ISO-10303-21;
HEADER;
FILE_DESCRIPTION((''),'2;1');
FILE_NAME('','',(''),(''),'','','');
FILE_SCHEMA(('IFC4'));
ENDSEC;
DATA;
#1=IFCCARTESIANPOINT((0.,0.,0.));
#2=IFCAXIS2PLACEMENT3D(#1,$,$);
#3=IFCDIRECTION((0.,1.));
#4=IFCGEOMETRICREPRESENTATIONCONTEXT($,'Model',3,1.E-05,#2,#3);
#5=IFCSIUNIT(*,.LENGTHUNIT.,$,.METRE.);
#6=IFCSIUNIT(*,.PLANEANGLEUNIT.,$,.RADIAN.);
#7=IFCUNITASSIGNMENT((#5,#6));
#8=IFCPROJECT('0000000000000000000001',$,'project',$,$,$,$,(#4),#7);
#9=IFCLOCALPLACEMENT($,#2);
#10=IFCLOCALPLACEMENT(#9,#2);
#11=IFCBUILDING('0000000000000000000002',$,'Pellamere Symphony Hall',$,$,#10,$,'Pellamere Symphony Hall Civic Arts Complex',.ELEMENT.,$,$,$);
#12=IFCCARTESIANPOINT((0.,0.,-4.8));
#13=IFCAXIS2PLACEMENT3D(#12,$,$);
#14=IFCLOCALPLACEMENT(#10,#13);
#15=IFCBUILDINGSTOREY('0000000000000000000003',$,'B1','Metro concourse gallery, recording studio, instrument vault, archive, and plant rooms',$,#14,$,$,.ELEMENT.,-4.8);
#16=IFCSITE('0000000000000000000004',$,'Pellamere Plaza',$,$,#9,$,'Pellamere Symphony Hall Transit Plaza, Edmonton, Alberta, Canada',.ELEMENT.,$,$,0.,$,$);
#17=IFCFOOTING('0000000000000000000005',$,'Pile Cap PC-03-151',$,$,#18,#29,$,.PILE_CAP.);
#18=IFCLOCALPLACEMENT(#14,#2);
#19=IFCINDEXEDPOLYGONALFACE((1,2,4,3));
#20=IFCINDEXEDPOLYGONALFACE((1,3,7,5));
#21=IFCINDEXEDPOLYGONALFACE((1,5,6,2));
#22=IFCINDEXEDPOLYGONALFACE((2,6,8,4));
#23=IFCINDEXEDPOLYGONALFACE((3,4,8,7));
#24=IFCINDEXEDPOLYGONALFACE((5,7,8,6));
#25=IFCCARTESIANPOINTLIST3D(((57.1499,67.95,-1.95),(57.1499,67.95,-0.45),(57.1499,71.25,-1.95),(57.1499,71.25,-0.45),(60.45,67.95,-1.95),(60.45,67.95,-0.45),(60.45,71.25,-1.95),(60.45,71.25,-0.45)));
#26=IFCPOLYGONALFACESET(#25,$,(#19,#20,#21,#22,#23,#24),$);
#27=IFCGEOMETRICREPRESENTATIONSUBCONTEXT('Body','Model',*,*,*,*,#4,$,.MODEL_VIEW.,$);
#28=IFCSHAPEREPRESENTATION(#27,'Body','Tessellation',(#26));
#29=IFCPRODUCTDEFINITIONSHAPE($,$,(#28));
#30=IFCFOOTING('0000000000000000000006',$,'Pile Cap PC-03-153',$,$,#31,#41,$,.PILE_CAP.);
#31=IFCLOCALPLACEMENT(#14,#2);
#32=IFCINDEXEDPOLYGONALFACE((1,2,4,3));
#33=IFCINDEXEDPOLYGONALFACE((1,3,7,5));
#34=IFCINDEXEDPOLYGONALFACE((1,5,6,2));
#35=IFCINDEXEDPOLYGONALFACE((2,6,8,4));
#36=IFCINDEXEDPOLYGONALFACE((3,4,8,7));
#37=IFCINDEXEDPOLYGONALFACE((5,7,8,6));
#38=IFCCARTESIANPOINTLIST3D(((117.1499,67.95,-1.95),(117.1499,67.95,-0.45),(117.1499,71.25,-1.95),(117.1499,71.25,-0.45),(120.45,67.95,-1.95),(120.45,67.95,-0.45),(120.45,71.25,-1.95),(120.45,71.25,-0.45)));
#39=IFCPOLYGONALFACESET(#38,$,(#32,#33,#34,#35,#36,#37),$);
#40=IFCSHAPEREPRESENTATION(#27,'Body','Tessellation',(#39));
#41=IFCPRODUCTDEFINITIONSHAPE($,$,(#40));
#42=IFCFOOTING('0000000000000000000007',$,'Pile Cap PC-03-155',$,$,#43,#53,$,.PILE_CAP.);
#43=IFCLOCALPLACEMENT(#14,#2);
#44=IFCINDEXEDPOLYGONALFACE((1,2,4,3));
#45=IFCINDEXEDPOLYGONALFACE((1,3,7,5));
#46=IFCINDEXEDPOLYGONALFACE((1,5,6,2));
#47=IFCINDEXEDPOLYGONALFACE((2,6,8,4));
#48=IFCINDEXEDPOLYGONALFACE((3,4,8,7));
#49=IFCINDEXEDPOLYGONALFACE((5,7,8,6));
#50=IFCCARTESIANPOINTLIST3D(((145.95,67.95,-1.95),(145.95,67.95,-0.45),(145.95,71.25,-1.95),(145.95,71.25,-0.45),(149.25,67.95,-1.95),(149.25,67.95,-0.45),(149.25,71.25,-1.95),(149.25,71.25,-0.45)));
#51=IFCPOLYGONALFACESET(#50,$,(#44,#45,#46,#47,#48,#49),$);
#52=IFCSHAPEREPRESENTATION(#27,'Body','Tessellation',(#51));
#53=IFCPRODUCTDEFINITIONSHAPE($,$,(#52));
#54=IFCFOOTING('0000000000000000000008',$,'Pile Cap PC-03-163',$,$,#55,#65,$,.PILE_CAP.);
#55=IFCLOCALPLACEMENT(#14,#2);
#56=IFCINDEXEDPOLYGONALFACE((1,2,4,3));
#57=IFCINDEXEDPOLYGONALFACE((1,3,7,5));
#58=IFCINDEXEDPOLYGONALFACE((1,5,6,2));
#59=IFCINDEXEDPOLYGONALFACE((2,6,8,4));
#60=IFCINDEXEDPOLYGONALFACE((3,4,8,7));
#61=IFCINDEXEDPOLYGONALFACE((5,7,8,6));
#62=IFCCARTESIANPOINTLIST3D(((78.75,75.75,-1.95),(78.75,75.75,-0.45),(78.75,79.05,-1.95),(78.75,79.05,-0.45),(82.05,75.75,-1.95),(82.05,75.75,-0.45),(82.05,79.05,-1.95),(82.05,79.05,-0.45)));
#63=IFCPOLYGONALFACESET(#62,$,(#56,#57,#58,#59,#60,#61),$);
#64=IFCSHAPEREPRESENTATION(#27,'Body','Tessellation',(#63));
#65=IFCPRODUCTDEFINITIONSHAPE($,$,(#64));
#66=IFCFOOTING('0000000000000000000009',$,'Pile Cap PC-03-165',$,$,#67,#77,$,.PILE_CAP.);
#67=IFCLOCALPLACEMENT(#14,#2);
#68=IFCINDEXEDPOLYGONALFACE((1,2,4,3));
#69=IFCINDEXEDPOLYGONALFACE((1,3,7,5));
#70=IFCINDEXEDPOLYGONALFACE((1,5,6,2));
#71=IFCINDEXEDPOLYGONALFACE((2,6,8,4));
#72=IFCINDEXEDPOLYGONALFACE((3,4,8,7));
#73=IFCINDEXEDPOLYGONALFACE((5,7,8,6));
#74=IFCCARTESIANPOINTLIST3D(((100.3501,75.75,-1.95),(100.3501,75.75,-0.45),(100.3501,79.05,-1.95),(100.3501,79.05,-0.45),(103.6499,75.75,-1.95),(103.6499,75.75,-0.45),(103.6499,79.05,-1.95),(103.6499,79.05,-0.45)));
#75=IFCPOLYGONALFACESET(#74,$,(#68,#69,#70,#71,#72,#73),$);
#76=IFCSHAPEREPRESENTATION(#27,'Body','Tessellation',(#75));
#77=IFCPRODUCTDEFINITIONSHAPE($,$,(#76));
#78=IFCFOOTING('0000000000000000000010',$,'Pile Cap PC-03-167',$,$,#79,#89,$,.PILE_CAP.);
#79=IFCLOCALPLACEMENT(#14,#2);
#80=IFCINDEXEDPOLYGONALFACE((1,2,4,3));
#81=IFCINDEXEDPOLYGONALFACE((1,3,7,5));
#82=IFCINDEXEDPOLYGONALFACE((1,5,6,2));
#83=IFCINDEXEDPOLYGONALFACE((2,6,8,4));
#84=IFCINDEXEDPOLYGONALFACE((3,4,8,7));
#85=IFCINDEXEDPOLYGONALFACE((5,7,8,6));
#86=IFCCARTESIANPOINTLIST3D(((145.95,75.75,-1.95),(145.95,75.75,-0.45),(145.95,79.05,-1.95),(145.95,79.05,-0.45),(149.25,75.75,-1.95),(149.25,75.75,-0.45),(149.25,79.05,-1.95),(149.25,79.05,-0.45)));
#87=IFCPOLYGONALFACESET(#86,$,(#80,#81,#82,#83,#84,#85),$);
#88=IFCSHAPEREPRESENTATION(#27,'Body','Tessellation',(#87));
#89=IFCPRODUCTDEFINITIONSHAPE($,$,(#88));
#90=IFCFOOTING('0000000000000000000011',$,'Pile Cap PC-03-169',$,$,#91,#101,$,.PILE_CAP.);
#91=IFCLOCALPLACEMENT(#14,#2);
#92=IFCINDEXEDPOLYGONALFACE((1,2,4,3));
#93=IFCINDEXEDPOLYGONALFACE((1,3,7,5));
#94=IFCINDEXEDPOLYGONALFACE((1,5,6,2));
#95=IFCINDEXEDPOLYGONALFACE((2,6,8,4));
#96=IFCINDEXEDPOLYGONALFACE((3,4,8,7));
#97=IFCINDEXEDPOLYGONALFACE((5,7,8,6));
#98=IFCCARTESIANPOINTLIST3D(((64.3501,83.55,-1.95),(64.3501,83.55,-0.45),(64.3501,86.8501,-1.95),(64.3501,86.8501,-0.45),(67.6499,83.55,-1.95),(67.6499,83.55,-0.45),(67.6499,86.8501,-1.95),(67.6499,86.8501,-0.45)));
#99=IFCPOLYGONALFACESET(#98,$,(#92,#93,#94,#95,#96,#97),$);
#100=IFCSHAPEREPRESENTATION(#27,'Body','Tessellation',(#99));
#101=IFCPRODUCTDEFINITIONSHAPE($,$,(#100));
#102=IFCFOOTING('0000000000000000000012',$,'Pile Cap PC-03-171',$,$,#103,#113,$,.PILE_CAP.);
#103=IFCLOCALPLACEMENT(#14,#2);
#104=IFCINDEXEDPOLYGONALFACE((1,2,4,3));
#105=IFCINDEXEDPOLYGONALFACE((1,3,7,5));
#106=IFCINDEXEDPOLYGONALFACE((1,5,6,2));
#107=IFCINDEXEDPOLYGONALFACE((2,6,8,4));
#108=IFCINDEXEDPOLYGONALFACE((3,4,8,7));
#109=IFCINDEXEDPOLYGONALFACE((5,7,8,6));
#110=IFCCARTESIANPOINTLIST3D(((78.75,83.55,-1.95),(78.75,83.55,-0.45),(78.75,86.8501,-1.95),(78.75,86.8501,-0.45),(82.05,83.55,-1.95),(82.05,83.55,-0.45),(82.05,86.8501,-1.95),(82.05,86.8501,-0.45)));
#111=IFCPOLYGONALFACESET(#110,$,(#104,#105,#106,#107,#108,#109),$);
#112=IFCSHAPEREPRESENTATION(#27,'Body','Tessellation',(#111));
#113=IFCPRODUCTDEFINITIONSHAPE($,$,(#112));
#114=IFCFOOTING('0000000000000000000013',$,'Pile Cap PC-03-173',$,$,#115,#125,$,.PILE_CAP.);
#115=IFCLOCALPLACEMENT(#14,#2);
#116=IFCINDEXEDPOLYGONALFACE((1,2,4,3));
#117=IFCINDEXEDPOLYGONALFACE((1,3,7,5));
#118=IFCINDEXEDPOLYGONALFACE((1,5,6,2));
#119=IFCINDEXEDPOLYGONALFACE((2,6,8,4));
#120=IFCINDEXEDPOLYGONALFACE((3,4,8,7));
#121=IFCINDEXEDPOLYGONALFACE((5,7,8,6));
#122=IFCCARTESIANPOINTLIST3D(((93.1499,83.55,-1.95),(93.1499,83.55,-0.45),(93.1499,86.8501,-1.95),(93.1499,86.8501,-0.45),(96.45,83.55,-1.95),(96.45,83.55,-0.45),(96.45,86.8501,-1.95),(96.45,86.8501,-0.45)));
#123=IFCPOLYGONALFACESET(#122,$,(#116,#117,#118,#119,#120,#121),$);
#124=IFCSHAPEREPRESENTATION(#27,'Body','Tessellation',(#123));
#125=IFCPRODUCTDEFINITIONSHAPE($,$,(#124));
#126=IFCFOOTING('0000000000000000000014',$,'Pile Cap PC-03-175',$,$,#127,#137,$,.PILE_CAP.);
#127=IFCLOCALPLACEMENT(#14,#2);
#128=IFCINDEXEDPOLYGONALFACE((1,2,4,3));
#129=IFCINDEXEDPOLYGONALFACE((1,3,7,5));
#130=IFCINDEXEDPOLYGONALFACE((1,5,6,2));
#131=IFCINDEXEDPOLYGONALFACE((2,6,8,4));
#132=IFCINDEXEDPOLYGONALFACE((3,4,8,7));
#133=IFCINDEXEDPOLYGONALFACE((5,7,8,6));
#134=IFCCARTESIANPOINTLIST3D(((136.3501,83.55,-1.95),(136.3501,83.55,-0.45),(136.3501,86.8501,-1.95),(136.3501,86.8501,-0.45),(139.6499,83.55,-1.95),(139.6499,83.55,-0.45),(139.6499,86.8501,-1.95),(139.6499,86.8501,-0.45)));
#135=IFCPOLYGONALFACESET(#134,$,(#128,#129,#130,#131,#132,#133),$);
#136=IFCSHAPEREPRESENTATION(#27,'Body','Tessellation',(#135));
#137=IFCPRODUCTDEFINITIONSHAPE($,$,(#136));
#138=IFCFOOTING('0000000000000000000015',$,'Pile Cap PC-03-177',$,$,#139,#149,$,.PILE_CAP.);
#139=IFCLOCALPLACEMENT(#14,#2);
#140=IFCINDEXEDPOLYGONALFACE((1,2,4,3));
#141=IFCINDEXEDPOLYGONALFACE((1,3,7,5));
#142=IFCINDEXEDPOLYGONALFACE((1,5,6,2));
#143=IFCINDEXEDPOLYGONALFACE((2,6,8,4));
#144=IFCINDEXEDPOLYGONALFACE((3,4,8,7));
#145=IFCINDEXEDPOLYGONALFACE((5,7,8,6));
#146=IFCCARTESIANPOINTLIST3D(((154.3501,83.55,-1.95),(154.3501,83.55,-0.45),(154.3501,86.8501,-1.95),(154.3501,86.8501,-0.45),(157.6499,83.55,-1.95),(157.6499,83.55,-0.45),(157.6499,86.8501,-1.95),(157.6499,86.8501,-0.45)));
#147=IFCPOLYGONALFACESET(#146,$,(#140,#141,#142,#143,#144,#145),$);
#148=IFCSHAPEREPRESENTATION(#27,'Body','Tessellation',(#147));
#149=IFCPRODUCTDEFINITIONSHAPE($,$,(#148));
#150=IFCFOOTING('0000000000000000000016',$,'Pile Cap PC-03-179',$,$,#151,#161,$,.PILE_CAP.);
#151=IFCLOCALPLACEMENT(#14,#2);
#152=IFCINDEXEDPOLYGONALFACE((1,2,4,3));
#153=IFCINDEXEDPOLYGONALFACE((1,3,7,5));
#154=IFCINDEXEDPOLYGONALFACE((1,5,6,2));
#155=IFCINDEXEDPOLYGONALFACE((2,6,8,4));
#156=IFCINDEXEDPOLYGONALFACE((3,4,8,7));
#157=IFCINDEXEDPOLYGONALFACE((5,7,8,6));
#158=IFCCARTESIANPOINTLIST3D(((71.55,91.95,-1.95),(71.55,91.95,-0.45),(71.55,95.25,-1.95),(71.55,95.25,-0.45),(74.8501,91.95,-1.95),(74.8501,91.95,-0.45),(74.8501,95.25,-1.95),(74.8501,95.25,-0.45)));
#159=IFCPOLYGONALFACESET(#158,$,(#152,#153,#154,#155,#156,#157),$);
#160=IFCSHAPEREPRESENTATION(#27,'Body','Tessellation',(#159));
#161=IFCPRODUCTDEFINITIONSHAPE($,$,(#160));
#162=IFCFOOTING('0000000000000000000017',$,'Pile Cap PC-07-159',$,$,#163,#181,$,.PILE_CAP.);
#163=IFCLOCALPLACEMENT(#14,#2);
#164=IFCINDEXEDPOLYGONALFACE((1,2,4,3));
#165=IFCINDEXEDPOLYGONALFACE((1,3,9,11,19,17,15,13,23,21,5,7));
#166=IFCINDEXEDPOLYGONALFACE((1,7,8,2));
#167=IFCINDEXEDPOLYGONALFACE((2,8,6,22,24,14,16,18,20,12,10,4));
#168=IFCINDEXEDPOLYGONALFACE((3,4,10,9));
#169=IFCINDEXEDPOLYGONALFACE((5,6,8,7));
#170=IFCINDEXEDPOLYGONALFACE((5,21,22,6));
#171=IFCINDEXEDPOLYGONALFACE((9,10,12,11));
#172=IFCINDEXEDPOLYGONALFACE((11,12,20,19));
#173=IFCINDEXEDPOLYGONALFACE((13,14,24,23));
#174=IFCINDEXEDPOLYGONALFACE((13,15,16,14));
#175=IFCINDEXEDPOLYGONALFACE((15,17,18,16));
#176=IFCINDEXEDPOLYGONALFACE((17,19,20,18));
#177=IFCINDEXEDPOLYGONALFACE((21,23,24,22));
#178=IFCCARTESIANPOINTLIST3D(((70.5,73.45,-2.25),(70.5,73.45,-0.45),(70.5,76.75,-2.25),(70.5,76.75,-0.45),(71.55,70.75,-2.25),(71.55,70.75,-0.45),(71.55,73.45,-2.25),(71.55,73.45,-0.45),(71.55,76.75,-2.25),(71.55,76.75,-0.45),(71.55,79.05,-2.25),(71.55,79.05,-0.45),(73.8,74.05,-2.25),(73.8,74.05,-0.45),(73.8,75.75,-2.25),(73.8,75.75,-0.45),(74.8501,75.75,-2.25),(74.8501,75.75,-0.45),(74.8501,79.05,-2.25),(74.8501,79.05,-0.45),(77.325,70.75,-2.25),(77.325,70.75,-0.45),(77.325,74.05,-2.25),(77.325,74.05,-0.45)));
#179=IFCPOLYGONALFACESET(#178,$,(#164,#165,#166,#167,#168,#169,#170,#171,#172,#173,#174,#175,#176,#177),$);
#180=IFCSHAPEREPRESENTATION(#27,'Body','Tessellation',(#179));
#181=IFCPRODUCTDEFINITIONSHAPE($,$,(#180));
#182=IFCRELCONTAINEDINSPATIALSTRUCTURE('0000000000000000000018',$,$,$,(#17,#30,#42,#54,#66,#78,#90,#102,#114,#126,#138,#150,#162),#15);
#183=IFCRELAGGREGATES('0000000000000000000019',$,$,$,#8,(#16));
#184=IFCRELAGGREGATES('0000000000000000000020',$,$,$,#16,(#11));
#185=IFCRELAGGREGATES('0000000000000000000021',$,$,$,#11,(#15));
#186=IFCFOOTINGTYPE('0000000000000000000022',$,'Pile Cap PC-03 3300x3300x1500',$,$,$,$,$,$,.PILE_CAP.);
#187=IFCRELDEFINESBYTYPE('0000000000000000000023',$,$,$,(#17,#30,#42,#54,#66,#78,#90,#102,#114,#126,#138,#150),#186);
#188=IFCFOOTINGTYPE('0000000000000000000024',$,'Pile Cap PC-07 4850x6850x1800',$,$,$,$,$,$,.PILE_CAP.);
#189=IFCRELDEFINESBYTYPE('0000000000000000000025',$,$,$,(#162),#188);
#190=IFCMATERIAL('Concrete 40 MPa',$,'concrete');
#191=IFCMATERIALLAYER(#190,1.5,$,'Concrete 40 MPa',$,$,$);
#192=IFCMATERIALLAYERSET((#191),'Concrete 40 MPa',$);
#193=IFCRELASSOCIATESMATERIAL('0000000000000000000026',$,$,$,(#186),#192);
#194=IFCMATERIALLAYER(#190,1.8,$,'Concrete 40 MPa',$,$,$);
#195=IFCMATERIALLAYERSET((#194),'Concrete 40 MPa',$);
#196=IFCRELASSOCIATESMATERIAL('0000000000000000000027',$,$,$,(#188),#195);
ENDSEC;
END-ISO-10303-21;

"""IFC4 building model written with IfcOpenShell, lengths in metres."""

from ifc_helpers import new_model, si_unit, direction, frame, origin, place, context, subcontext, project, spatial, polyline, outline, extrude, material, layer, layer_set, type_object, element, save


model = new_model("IFC4")

# Units and contexts
model_context = context("Model", 3, precision=1e-05, world=origin(), true_north=direction((0.0, 1.0)))
body_context = subcontext(model_context, "Body", "Model", "MODEL_VIEW")
ifc_project = project(units=[si_unit("LENGTHUNIT", "METRE"), si_unit("PLANEANGLEUNIT", "RADIAN")], contexts=[model_context])

# Site, building, storey
site_placement = place(None, origin())
site = spatial("IfcSite", under=ifc_project, at=site_placement, Name="Pellamere Plaza", LongName="Pellamere Symphony Hall Transit Plaza, Edmonton, Alberta, Canada", CompositionType="ELEMENT", RefElevation=0.0)
building_placement = place(site_placement, origin())
building = spatial("IfcBuilding", under=site, at=building_placement, Name="Pellamere Symphony Hall", LongName="Pellamere Symphony Hall Civic Arts Complex", CompositionType="ELEMENT")
storey_placement = place(building_placement, frame((0.0, 0.0, -4.8)))
storey = spatial("IfcBuildingStorey", under=building, at=storey_placement, Name="B1", Description="Metro concourse gallery, recording studio, instrument vault, archive, and plant rooms", CompositionType="ELEMENT", Elevation=-4.8)

# Footings
ifc_material_1 = material(Name="Concrete 40 MPa", Category="concrete")
ifc_layer_1 = layer(ifc_material_1, 1.5, Name="Concrete 40 MPa")
ifc_layer_set_1 = layer_set([ifc_layer_1], Name="Concrete 40 MPa")
footing_type_1 = type_object("IfcFootingType", Name="Pile Cap PC-03 3300x3300x1500", PredefinedType="PILE_CAP", material=ifc_layer_set_1)
footing_1_placement = place(storey_placement, frame((0.0, 0.0, -1.95)))
element("IfcFooting", 1, at=footing_1_placement, inside=storey, type_object=footing_type_1, Name="Pile Cap PC-03-151", PredefinedType="PILE_CAP", context=body_context, shape_type="SweptSolid", body=[
    extrude(outline(polyline([(60.45, 67.95), (57.1499, 67.95), (57.1499, 71.25), (60.45, 71.25), (60.45, 67.95)])), origin(), (0.0, 0.0, 1.0), 1.5),
])
footing_2_placement = place(storey_placement, frame((0.0, 0.0, -1.95)))
element("IfcFooting", 2, at=footing_2_placement, inside=storey, type_object=footing_type_1, Name="Pile Cap PC-03-153", PredefinedType="PILE_CAP", context=body_context, shape_type="SweptSolid", body=[
    extrude(outline(polyline([(120.45, 67.95), (117.1499, 67.95), (117.1499, 71.25), (120.45, 71.25), (120.45, 67.95)])), origin(), (0.0, 0.0, 1.0), 1.5),
])
footing_3_placement = place(storey_placement, frame((0.0, 0.0, -1.95)))
element("IfcFooting", 3, at=footing_3_placement, inside=storey, type_object=footing_type_1, Name="Pile Cap PC-03-155", PredefinedType="PILE_CAP", context=body_context, shape_type="SweptSolid", body=[
    extrude(outline(polyline([(145.95, 67.95), (145.95, 71.25), (149.25, 71.25), (149.25, 67.95), (145.95, 67.95)])), origin(), (0.0, 0.0, 1.0), 1.5),
])
footing_4_placement = place(storey_placement, frame((0.0, 0.0, -1.95)))
element("IfcFooting", 4, at=footing_4_placement, inside=storey, type_object=footing_type_1, Name="Pile Cap PC-03-163", PredefinedType="PILE_CAP", context=body_context, shape_type="SweptSolid", body=[
    extrude(outline(polyline([(78.75, 75.75), (78.75, 79.05), (82.05, 79.05), (82.05, 75.75), (78.75, 75.75)])), origin(), (0.0, 0.0, 1.0), 1.5),
])
footing_5_placement = place(storey_placement, frame((0.0, 0.0, -1.95)))
element("IfcFooting", 5, at=footing_5_placement, inside=storey, type_object=footing_type_1, Name="Pile Cap PC-03-165", PredefinedType="PILE_CAP", context=body_context, shape_type="SweptSolid", body=[
    extrude(outline(polyline([(100.3501, 75.75), (100.3501, 79.05), (103.6499, 79.05), (103.6499, 75.75), (100.3501, 75.75)])), origin(), (0.0, 0.0, 1.0), 1.5),
])
footing_6_placement = place(storey_placement, frame((0.0, 0.0, -1.95)))
element("IfcFooting", 6, at=footing_6_placement, inside=storey, type_object=footing_type_1, Name="Pile Cap PC-03-167", PredefinedType="PILE_CAP", context=body_context, shape_type="SweptSolid", body=[
    extrude(outline(polyline([(149.25, 75.75), (145.95, 75.75), (145.95, 79.05), (149.25, 79.05), (149.25, 75.75)])), origin(), (0.0, 0.0, 1.0), 1.5),
])
footing_7_placement = place(storey_placement, frame((0.0, 0.0, -1.95)))
element("IfcFooting", 7, at=footing_7_placement, inside=storey, type_object=footing_type_1, Name="Pile Cap PC-03-169", PredefinedType="PILE_CAP", context=body_context, shape_type="SweptSolid", body=[
    extrude(outline(polyline([(67.6499, 83.55), (64.3501, 83.55), (64.3501, 86.8501), (67.6499, 86.8501), (67.6499, 83.55)])), origin(), (0.0, 0.0, 1.0), 1.5),
])
footing_8_placement = place(storey_placement, frame((0.0, 0.0, -1.95)))
element("IfcFooting", 8, at=footing_8_placement, inside=storey, type_object=footing_type_1, Name="Pile Cap PC-03-171", PredefinedType="PILE_CAP", context=body_context, shape_type="SweptSolid", body=[
    extrude(outline(polyline([(82.05, 83.55), (78.75, 83.55), (78.75, 86.8501), (82.05, 86.8501), (82.05, 83.55)])), origin(), (0.0, 0.0, 1.0), 1.5),
])
footing_9_placement = place(storey_placement, frame((0.0, 0.0, -1.95)))
element("IfcFooting", 9, at=footing_9_placement, inside=storey, type_object=footing_type_1, Name="Pile Cap PC-03-173", PredefinedType="PILE_CAP", context=body_context, shape_type="SweptSolid", body=[
    extrude(outline(polyline([(93.1499, 83.55), (93.1499, 86.8501), (96.45, 86.8501), (96.45, 83.55), (93.1499, 83.55)])), origin(), (0.0, 0.0, 1.0), 1.5),
])
footing_10_placement = place(storey_placement, frame((0.0, 0.0, -1.95)))
element("IfcFooting", 10, at=footing_10_placement, inside=storey, type_object=footing_type_1, Name="Pile Cap PC-03-175", PredefinedType="PILE_CAP", context=body_context, shape_type="SweptSolid", body=[
    extrude(outline(polyline([(136.3501, 83.55), (136.3501, 86.8501), (139.6499, 86.8501), (139.6499, 83.55), (136.3501, 83.55)])), origin(), (0.0, 0.0, 1.0), 1.5),
])
footing_11_placement = place(storey_placement, frame((0.0, 0.0, -1.95)))
element("IfcFooting", 11, at=footing_11_placement, inside=storey, type_object=footing_type_1, Name="Pile Cap PC-03-177", PredefinedType="PILE_CAP", context=body_context, shape_type="SweptSolid", body=[
    extrude(outline(polyline([(157.6499, 83.55), (154.3501, 83.55), (154.3501, 86.8501), (157.6499, 86.8501), (157.6499, 83.55)])), origin(), (0.0, 0.0, 1.0), 1.5),
])
footing_12_placement = place(storey_placement, frame((0.0, 0.0, -1.95)))
element("IfcFooting", 12, at=footing_12_placement, inside=storey, type_object=footing_type_1, Name="Pile Cap PC-03-179", PredefinedType="PILE_CAP", context=body_context, shape_type="SweptSolid", body=[
    extrude(outline(polyline([(71.55, 91.95), (71.55, 95.25), (74.8501, 95.25), (74.8501, 91.95), (71.55, 91.95)])), origin(), (0.0, 0.0, 1.0), 1.5),
])
ifc_layer_2 = layer(ifc_material_1, 1.8, Name="Concrete 40 MPa")
ifc_layer_set_2 = layer_set([ifc_layer_2], Name="Concrete 40 MPa")
footing_type_2 = type_object("IfcFootingType", Name="Pile Cap PC-07 4850x6850x1800", PredefinedType="PILE_CAP", material=ifc_layer_set_2)
footing_13_placement = place(storey_placement, frame((0.0, 0.0, -2.25)))
element("IfcFooting", 13, at=footing_13_placement, inside=storey, type_object=footing_type_2, Name="Pile Cap PC-07-159", PredefinedType="PILE_CAP", context=body_context, shape_type="SweptSolid", body=[
    extrude(outline(polyline([(73.8, 74.05), (77.325, 74.05), (77.325, 70.75), (71.55, 70.75), (71.55, 73.45), (70.5, 73.45), (70.5, 76.75), (71.55, 76.75), (71.55, 79.05), (74.8501, 79.05), (74.8501, 75.75), (73.8, 75.75), (73.8, 74.05)])), origin(), (0.0, 0.0, 1.0), 1.8),
])

save(model, "model.ifc")
